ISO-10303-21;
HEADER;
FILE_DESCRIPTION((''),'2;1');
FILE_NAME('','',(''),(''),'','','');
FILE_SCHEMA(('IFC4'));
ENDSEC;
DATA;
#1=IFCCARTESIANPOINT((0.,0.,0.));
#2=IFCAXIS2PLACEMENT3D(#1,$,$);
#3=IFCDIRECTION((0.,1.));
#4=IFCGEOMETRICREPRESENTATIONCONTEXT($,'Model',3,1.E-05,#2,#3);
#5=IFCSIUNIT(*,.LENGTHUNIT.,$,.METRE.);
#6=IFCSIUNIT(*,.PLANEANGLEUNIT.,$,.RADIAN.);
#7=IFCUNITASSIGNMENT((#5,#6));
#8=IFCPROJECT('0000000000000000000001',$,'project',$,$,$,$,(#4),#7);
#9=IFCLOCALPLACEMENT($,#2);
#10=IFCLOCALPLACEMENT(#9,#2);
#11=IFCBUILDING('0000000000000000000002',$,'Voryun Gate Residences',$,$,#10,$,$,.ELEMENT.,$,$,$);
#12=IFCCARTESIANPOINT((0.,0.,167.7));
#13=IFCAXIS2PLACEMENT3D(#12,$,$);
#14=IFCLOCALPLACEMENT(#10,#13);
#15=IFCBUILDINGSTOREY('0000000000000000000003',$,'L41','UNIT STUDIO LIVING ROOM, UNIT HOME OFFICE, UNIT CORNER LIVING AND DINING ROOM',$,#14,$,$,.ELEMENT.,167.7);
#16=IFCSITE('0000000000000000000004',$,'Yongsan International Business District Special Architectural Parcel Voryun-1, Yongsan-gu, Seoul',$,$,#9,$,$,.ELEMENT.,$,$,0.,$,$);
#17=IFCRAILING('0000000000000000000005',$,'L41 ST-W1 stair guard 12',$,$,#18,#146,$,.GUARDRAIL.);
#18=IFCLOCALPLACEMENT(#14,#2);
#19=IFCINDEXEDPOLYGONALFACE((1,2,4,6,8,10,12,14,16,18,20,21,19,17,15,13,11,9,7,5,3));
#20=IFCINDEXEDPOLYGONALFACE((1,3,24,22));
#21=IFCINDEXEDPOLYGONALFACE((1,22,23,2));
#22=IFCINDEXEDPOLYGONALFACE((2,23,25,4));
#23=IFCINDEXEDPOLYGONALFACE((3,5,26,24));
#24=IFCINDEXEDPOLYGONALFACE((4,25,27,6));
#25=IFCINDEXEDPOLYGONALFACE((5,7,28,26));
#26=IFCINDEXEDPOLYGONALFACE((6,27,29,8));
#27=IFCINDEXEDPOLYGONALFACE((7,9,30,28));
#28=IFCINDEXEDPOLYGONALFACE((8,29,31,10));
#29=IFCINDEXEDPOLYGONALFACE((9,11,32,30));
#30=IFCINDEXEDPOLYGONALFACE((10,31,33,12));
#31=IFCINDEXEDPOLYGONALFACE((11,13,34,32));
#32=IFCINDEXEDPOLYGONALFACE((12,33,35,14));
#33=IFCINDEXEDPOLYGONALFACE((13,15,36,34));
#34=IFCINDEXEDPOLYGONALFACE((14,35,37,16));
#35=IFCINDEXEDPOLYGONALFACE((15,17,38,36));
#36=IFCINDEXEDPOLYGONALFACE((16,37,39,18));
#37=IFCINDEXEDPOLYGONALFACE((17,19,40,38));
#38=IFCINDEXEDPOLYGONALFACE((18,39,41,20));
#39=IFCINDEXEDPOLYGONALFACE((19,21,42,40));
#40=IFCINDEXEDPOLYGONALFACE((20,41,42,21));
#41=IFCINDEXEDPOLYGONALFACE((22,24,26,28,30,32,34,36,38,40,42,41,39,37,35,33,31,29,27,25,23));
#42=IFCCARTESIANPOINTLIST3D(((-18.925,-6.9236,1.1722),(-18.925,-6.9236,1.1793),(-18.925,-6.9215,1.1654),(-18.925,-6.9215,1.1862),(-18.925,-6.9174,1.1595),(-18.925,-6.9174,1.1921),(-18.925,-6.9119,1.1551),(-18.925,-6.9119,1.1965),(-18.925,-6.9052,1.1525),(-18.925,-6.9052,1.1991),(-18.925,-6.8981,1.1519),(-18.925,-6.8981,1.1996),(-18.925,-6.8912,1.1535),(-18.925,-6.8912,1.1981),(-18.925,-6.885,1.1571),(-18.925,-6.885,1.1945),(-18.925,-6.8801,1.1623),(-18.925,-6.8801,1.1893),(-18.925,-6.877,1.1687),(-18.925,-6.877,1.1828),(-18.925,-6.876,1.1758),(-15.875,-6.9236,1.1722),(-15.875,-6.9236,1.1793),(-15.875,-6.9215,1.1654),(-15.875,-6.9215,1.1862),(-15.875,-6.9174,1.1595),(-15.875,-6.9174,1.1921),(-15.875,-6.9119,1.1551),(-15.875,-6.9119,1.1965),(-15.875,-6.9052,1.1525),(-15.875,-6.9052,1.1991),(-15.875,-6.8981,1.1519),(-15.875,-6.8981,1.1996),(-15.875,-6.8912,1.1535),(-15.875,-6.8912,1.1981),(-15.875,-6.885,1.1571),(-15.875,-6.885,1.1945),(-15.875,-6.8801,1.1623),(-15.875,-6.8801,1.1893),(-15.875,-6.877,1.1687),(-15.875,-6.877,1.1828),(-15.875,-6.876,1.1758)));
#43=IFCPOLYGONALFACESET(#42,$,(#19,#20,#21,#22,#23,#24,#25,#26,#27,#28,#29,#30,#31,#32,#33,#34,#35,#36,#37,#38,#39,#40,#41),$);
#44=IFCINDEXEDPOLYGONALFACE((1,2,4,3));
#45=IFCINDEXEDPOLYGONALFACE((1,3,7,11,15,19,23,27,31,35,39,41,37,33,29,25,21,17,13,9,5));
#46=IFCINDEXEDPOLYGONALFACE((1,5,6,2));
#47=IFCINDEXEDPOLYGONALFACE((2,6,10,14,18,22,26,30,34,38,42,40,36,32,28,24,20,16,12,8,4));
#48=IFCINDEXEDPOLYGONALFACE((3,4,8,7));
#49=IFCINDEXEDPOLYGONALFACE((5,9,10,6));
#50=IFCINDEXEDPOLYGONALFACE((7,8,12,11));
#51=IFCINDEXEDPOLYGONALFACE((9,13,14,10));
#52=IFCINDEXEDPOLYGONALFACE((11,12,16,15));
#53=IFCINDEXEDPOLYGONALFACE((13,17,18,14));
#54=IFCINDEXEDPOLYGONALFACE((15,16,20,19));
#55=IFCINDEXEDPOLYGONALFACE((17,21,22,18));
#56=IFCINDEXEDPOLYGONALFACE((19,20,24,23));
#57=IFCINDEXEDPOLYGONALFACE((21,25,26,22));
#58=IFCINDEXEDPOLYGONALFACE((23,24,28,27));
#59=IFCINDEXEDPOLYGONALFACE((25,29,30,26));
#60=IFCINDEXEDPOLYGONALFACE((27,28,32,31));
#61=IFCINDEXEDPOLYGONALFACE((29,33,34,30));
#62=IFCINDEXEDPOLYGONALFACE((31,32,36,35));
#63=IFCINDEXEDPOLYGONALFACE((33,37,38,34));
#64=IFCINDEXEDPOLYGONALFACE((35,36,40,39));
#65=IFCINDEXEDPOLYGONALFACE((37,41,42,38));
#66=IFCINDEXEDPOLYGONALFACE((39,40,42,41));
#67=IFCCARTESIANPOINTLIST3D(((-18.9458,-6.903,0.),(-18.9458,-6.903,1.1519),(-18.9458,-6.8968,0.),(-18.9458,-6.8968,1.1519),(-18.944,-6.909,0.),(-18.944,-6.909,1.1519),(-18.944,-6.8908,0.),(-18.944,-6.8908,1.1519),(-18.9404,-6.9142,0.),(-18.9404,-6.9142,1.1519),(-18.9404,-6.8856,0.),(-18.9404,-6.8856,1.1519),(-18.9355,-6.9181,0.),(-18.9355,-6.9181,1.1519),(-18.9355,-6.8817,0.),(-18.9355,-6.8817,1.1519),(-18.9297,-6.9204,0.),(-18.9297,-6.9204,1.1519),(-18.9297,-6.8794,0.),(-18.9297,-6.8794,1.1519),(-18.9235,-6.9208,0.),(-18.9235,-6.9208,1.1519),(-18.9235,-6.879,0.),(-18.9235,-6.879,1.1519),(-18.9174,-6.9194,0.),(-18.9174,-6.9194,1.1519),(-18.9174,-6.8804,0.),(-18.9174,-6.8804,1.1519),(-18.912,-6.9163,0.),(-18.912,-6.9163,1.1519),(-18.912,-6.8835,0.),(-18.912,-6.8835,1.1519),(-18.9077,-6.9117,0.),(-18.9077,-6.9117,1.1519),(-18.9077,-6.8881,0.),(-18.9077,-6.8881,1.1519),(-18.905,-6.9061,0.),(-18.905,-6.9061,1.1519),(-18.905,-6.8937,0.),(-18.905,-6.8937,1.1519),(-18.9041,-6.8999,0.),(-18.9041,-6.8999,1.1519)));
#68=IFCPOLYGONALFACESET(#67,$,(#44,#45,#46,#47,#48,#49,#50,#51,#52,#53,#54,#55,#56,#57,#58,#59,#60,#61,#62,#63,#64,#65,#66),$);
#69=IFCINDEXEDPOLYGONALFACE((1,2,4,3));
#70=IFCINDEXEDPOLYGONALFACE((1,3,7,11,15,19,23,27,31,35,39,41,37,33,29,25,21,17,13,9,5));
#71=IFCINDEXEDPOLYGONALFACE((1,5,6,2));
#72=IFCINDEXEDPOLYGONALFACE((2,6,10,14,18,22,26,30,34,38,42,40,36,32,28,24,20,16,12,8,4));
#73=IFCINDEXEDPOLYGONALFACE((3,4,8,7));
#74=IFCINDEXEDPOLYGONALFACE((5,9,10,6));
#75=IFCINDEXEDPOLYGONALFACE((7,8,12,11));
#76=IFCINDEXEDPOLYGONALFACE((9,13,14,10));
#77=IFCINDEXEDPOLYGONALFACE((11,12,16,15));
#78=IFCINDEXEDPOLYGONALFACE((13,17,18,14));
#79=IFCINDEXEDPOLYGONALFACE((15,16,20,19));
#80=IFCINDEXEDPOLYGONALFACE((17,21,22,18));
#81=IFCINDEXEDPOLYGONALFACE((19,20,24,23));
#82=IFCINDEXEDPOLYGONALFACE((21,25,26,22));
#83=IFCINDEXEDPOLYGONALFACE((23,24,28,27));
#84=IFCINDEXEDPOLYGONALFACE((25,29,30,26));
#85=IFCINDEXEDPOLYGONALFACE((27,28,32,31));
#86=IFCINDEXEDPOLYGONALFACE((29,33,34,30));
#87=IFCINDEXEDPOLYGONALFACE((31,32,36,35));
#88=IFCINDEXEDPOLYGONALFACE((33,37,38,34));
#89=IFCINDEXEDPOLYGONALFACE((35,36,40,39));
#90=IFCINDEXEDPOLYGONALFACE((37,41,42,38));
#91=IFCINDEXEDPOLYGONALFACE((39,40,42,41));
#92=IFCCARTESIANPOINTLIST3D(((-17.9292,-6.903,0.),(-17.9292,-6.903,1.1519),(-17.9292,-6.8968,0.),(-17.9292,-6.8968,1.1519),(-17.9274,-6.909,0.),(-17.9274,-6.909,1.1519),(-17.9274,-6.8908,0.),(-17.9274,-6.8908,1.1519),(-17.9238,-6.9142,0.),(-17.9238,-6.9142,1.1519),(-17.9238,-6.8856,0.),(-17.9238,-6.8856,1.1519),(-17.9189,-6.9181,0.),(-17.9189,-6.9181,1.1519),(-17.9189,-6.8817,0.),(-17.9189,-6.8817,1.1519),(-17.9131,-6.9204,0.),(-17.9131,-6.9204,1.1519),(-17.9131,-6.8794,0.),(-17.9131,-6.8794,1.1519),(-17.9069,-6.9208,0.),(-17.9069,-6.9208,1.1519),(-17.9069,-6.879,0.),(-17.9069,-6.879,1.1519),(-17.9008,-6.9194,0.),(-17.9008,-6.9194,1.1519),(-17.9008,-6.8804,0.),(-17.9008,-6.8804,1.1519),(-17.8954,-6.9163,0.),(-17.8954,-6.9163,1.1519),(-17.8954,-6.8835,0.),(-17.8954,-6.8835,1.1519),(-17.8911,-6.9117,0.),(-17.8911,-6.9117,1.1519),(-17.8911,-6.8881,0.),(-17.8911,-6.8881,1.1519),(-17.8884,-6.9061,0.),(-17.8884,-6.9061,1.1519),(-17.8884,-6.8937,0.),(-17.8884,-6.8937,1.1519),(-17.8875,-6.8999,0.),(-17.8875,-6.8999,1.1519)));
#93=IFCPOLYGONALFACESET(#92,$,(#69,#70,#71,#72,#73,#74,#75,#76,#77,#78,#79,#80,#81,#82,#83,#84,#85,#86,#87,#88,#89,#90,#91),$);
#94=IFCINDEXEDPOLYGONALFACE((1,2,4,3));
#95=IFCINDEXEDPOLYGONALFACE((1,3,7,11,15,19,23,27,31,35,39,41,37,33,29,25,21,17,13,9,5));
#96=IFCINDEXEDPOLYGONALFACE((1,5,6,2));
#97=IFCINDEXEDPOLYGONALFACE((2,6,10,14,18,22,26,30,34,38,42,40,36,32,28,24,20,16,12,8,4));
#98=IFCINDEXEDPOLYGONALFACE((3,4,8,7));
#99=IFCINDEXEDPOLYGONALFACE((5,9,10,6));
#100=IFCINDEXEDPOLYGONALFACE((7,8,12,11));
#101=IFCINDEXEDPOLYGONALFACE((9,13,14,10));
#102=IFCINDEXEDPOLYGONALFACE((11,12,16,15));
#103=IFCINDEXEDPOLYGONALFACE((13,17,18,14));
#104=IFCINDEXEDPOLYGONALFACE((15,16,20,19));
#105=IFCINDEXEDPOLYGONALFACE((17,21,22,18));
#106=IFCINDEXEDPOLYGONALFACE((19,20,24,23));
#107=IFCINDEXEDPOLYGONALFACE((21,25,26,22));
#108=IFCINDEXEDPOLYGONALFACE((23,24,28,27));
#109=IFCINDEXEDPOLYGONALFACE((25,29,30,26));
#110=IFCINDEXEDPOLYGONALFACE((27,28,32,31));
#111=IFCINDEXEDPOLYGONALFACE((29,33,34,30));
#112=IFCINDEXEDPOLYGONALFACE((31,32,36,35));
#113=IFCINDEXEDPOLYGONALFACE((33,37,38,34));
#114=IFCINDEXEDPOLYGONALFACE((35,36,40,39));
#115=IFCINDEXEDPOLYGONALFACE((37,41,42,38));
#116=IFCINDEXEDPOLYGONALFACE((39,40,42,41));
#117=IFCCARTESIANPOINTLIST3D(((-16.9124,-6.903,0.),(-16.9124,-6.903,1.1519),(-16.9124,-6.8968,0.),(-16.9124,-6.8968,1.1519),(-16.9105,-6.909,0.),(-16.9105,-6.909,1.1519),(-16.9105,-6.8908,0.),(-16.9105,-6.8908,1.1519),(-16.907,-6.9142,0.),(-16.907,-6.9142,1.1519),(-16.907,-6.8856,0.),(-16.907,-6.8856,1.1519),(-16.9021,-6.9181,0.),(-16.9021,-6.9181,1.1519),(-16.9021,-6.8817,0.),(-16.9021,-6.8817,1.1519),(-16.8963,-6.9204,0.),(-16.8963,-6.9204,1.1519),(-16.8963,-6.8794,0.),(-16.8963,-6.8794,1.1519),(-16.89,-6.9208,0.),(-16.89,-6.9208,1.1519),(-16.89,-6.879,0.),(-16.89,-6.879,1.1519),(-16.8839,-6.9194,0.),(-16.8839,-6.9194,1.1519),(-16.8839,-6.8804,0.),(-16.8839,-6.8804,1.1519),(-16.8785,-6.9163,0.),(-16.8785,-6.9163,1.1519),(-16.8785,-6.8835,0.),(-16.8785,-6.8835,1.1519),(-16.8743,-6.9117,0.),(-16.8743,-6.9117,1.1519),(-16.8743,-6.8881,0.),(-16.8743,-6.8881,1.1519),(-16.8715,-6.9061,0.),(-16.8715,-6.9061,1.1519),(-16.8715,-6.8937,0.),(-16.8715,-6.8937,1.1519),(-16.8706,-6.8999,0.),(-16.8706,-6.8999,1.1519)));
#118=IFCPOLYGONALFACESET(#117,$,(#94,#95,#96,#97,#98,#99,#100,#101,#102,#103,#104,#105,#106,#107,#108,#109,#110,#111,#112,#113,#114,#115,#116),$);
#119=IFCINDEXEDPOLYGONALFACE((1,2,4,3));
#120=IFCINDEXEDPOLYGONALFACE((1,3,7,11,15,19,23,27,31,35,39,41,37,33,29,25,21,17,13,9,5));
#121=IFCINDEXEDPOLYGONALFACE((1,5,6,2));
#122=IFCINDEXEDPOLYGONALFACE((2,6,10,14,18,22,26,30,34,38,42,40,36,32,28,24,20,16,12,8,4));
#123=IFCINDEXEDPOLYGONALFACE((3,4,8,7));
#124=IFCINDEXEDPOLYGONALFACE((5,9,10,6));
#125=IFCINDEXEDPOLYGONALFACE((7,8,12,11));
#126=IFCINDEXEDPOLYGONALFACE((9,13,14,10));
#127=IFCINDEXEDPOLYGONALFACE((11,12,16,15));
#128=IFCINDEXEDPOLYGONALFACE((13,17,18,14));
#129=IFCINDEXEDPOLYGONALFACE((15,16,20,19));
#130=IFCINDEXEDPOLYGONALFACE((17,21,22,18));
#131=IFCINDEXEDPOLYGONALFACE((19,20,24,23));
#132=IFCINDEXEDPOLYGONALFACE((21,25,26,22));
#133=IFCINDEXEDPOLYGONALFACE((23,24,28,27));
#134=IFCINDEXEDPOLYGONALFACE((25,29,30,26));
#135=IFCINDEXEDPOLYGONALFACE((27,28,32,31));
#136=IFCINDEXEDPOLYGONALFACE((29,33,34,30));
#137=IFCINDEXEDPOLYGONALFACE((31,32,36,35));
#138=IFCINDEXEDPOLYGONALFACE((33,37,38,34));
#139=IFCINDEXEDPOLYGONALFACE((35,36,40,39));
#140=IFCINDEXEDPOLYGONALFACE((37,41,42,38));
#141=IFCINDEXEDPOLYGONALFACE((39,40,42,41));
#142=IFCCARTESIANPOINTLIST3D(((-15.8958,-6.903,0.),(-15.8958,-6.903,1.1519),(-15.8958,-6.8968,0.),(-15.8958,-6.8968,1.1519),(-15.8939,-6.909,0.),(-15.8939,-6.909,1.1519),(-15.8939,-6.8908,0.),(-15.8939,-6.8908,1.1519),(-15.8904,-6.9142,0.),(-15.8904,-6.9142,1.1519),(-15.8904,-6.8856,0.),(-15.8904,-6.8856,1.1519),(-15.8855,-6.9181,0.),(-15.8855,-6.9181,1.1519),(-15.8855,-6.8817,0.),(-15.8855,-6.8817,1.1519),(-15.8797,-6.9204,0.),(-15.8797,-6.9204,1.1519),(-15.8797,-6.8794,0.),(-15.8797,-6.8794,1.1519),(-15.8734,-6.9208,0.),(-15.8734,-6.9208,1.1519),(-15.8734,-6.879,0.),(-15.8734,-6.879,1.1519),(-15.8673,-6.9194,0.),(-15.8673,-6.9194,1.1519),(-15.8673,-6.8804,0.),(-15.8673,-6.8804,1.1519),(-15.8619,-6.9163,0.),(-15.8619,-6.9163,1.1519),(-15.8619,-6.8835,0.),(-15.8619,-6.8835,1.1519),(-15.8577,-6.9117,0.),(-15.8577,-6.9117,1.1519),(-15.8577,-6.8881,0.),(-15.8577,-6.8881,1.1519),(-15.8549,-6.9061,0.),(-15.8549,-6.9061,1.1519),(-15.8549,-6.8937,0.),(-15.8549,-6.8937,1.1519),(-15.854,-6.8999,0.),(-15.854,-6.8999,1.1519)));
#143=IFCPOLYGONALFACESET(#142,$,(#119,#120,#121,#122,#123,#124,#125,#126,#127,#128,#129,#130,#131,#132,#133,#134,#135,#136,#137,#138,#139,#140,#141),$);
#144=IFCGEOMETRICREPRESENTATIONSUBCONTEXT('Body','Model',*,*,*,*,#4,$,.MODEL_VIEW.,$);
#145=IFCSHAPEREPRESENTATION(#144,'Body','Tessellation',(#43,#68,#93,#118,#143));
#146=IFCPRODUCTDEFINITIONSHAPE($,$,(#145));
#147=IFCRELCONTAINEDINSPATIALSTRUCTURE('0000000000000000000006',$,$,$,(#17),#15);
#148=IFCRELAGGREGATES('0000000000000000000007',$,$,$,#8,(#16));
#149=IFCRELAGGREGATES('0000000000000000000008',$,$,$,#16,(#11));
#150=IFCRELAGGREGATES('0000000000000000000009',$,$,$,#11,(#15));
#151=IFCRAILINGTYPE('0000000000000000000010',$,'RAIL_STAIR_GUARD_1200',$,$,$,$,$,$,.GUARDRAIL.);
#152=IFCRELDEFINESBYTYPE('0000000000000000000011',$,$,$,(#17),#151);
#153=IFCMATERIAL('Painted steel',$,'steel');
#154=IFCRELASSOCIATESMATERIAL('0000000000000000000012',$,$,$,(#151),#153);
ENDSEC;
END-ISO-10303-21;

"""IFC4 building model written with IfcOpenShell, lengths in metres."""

from ifc_helpers import new_model, si_unit, direction, frame, origin, origin_2d, place, context, subcontext, project, spatial, circle, extrude, material, type_object, element, save


model = new_model("IFC4")

# Units and contexts
model_context = context("Model", 3, precision=1e-05, world=origin(), true_north=direction((0.0, 1.0)))
body_context = subcontext(model_context, "Body", "Model", "MODEL_VIEW")
ifc_project = project(units=[si_unit("LENGTHUNIT", "METRE"), si_unit("PLANEANGLEUNIT", "RADIAN")], contexts=[model_context])

# Site, building, storey
site_placement = place(None, origin())
site = spatial("IfcSite", under=ifc_project, at=site_placement, Name="Yongsan International Business District Special Architectural Parcel Voryun-1, Yongsan-gu, Seoul", CompositionType="ELEMENT", RefElevation=0.0)
building_placement = place(site_placement, origin())
building = spatial("IfcBuilding", under=site, at=building_placement, Name="Voryun Gate Residences", CompositionType="ELEMENT")
storey_placement = place(building_placement, frame((0.0, 0.0, 167.7)))
storey = spatial("IfcBuildingStorey", under=building, at=storey_placement, Name="L41", Description="UNIT STUDIO LIVING ROOM, UNIT HOME OFFICE, UNIT CORNER LIVING AND DINING ROOM", CompositionType="ELEMENT", Elevation=167.7)

# Railing
ifc_material_1 = material(Name="Painted steel", Category="steel")
railing_type_1 = type_object("IfcRailingType", Name="RAIL_STAIR_GUARD_1200", PredefinedType="GUARDRAIL", material=ifc_material_1)
railing_1_placement = place(storey_placement, frame((-18.925, -6.8999, 0.0)))
element("IfcRailing", 1, at=railing_1_placement, inside=storey, type_object=railing_type_1, Name="L41 ST-W1 stair guard 12", PredefinedType="GUARDRAIL", context=body_context, shape_type="SweptSolid", body=[
    extrude(circle(Radius=0.0239, at=origin_2d()), frame((0.0, 0.0, 1.1758), z_axis=(1.0, 0.0, 0.0), x_axis=(0.0, 1.0, 0.0)), (0.0, 0.0, 1.0), 3.05),
    extrude(circle(Radius=0.021, at=origin_2d()), origin(), (0.0, 0.0, 1.0), 1.1519),
    extrude(circle(Radius=0.021, at=origin_2d()), frame((1.0166, 0.0, 0.0)), (0.0, 0.0, 1.0), 1.1519),
    extrude(circle(Radius=0.021, at=origin_2d()), frame((2.0334, 0.0, 0.0)), (0.0, 0.0, 1.0), 1.1519),
    extrude(circle(Radius=0.021, at=origin_2d()), frame((3.05, 0.0, 0.0)), (0.0, 0.0, 1.0), 1.1519),
])

save(model, "model.ifc")
